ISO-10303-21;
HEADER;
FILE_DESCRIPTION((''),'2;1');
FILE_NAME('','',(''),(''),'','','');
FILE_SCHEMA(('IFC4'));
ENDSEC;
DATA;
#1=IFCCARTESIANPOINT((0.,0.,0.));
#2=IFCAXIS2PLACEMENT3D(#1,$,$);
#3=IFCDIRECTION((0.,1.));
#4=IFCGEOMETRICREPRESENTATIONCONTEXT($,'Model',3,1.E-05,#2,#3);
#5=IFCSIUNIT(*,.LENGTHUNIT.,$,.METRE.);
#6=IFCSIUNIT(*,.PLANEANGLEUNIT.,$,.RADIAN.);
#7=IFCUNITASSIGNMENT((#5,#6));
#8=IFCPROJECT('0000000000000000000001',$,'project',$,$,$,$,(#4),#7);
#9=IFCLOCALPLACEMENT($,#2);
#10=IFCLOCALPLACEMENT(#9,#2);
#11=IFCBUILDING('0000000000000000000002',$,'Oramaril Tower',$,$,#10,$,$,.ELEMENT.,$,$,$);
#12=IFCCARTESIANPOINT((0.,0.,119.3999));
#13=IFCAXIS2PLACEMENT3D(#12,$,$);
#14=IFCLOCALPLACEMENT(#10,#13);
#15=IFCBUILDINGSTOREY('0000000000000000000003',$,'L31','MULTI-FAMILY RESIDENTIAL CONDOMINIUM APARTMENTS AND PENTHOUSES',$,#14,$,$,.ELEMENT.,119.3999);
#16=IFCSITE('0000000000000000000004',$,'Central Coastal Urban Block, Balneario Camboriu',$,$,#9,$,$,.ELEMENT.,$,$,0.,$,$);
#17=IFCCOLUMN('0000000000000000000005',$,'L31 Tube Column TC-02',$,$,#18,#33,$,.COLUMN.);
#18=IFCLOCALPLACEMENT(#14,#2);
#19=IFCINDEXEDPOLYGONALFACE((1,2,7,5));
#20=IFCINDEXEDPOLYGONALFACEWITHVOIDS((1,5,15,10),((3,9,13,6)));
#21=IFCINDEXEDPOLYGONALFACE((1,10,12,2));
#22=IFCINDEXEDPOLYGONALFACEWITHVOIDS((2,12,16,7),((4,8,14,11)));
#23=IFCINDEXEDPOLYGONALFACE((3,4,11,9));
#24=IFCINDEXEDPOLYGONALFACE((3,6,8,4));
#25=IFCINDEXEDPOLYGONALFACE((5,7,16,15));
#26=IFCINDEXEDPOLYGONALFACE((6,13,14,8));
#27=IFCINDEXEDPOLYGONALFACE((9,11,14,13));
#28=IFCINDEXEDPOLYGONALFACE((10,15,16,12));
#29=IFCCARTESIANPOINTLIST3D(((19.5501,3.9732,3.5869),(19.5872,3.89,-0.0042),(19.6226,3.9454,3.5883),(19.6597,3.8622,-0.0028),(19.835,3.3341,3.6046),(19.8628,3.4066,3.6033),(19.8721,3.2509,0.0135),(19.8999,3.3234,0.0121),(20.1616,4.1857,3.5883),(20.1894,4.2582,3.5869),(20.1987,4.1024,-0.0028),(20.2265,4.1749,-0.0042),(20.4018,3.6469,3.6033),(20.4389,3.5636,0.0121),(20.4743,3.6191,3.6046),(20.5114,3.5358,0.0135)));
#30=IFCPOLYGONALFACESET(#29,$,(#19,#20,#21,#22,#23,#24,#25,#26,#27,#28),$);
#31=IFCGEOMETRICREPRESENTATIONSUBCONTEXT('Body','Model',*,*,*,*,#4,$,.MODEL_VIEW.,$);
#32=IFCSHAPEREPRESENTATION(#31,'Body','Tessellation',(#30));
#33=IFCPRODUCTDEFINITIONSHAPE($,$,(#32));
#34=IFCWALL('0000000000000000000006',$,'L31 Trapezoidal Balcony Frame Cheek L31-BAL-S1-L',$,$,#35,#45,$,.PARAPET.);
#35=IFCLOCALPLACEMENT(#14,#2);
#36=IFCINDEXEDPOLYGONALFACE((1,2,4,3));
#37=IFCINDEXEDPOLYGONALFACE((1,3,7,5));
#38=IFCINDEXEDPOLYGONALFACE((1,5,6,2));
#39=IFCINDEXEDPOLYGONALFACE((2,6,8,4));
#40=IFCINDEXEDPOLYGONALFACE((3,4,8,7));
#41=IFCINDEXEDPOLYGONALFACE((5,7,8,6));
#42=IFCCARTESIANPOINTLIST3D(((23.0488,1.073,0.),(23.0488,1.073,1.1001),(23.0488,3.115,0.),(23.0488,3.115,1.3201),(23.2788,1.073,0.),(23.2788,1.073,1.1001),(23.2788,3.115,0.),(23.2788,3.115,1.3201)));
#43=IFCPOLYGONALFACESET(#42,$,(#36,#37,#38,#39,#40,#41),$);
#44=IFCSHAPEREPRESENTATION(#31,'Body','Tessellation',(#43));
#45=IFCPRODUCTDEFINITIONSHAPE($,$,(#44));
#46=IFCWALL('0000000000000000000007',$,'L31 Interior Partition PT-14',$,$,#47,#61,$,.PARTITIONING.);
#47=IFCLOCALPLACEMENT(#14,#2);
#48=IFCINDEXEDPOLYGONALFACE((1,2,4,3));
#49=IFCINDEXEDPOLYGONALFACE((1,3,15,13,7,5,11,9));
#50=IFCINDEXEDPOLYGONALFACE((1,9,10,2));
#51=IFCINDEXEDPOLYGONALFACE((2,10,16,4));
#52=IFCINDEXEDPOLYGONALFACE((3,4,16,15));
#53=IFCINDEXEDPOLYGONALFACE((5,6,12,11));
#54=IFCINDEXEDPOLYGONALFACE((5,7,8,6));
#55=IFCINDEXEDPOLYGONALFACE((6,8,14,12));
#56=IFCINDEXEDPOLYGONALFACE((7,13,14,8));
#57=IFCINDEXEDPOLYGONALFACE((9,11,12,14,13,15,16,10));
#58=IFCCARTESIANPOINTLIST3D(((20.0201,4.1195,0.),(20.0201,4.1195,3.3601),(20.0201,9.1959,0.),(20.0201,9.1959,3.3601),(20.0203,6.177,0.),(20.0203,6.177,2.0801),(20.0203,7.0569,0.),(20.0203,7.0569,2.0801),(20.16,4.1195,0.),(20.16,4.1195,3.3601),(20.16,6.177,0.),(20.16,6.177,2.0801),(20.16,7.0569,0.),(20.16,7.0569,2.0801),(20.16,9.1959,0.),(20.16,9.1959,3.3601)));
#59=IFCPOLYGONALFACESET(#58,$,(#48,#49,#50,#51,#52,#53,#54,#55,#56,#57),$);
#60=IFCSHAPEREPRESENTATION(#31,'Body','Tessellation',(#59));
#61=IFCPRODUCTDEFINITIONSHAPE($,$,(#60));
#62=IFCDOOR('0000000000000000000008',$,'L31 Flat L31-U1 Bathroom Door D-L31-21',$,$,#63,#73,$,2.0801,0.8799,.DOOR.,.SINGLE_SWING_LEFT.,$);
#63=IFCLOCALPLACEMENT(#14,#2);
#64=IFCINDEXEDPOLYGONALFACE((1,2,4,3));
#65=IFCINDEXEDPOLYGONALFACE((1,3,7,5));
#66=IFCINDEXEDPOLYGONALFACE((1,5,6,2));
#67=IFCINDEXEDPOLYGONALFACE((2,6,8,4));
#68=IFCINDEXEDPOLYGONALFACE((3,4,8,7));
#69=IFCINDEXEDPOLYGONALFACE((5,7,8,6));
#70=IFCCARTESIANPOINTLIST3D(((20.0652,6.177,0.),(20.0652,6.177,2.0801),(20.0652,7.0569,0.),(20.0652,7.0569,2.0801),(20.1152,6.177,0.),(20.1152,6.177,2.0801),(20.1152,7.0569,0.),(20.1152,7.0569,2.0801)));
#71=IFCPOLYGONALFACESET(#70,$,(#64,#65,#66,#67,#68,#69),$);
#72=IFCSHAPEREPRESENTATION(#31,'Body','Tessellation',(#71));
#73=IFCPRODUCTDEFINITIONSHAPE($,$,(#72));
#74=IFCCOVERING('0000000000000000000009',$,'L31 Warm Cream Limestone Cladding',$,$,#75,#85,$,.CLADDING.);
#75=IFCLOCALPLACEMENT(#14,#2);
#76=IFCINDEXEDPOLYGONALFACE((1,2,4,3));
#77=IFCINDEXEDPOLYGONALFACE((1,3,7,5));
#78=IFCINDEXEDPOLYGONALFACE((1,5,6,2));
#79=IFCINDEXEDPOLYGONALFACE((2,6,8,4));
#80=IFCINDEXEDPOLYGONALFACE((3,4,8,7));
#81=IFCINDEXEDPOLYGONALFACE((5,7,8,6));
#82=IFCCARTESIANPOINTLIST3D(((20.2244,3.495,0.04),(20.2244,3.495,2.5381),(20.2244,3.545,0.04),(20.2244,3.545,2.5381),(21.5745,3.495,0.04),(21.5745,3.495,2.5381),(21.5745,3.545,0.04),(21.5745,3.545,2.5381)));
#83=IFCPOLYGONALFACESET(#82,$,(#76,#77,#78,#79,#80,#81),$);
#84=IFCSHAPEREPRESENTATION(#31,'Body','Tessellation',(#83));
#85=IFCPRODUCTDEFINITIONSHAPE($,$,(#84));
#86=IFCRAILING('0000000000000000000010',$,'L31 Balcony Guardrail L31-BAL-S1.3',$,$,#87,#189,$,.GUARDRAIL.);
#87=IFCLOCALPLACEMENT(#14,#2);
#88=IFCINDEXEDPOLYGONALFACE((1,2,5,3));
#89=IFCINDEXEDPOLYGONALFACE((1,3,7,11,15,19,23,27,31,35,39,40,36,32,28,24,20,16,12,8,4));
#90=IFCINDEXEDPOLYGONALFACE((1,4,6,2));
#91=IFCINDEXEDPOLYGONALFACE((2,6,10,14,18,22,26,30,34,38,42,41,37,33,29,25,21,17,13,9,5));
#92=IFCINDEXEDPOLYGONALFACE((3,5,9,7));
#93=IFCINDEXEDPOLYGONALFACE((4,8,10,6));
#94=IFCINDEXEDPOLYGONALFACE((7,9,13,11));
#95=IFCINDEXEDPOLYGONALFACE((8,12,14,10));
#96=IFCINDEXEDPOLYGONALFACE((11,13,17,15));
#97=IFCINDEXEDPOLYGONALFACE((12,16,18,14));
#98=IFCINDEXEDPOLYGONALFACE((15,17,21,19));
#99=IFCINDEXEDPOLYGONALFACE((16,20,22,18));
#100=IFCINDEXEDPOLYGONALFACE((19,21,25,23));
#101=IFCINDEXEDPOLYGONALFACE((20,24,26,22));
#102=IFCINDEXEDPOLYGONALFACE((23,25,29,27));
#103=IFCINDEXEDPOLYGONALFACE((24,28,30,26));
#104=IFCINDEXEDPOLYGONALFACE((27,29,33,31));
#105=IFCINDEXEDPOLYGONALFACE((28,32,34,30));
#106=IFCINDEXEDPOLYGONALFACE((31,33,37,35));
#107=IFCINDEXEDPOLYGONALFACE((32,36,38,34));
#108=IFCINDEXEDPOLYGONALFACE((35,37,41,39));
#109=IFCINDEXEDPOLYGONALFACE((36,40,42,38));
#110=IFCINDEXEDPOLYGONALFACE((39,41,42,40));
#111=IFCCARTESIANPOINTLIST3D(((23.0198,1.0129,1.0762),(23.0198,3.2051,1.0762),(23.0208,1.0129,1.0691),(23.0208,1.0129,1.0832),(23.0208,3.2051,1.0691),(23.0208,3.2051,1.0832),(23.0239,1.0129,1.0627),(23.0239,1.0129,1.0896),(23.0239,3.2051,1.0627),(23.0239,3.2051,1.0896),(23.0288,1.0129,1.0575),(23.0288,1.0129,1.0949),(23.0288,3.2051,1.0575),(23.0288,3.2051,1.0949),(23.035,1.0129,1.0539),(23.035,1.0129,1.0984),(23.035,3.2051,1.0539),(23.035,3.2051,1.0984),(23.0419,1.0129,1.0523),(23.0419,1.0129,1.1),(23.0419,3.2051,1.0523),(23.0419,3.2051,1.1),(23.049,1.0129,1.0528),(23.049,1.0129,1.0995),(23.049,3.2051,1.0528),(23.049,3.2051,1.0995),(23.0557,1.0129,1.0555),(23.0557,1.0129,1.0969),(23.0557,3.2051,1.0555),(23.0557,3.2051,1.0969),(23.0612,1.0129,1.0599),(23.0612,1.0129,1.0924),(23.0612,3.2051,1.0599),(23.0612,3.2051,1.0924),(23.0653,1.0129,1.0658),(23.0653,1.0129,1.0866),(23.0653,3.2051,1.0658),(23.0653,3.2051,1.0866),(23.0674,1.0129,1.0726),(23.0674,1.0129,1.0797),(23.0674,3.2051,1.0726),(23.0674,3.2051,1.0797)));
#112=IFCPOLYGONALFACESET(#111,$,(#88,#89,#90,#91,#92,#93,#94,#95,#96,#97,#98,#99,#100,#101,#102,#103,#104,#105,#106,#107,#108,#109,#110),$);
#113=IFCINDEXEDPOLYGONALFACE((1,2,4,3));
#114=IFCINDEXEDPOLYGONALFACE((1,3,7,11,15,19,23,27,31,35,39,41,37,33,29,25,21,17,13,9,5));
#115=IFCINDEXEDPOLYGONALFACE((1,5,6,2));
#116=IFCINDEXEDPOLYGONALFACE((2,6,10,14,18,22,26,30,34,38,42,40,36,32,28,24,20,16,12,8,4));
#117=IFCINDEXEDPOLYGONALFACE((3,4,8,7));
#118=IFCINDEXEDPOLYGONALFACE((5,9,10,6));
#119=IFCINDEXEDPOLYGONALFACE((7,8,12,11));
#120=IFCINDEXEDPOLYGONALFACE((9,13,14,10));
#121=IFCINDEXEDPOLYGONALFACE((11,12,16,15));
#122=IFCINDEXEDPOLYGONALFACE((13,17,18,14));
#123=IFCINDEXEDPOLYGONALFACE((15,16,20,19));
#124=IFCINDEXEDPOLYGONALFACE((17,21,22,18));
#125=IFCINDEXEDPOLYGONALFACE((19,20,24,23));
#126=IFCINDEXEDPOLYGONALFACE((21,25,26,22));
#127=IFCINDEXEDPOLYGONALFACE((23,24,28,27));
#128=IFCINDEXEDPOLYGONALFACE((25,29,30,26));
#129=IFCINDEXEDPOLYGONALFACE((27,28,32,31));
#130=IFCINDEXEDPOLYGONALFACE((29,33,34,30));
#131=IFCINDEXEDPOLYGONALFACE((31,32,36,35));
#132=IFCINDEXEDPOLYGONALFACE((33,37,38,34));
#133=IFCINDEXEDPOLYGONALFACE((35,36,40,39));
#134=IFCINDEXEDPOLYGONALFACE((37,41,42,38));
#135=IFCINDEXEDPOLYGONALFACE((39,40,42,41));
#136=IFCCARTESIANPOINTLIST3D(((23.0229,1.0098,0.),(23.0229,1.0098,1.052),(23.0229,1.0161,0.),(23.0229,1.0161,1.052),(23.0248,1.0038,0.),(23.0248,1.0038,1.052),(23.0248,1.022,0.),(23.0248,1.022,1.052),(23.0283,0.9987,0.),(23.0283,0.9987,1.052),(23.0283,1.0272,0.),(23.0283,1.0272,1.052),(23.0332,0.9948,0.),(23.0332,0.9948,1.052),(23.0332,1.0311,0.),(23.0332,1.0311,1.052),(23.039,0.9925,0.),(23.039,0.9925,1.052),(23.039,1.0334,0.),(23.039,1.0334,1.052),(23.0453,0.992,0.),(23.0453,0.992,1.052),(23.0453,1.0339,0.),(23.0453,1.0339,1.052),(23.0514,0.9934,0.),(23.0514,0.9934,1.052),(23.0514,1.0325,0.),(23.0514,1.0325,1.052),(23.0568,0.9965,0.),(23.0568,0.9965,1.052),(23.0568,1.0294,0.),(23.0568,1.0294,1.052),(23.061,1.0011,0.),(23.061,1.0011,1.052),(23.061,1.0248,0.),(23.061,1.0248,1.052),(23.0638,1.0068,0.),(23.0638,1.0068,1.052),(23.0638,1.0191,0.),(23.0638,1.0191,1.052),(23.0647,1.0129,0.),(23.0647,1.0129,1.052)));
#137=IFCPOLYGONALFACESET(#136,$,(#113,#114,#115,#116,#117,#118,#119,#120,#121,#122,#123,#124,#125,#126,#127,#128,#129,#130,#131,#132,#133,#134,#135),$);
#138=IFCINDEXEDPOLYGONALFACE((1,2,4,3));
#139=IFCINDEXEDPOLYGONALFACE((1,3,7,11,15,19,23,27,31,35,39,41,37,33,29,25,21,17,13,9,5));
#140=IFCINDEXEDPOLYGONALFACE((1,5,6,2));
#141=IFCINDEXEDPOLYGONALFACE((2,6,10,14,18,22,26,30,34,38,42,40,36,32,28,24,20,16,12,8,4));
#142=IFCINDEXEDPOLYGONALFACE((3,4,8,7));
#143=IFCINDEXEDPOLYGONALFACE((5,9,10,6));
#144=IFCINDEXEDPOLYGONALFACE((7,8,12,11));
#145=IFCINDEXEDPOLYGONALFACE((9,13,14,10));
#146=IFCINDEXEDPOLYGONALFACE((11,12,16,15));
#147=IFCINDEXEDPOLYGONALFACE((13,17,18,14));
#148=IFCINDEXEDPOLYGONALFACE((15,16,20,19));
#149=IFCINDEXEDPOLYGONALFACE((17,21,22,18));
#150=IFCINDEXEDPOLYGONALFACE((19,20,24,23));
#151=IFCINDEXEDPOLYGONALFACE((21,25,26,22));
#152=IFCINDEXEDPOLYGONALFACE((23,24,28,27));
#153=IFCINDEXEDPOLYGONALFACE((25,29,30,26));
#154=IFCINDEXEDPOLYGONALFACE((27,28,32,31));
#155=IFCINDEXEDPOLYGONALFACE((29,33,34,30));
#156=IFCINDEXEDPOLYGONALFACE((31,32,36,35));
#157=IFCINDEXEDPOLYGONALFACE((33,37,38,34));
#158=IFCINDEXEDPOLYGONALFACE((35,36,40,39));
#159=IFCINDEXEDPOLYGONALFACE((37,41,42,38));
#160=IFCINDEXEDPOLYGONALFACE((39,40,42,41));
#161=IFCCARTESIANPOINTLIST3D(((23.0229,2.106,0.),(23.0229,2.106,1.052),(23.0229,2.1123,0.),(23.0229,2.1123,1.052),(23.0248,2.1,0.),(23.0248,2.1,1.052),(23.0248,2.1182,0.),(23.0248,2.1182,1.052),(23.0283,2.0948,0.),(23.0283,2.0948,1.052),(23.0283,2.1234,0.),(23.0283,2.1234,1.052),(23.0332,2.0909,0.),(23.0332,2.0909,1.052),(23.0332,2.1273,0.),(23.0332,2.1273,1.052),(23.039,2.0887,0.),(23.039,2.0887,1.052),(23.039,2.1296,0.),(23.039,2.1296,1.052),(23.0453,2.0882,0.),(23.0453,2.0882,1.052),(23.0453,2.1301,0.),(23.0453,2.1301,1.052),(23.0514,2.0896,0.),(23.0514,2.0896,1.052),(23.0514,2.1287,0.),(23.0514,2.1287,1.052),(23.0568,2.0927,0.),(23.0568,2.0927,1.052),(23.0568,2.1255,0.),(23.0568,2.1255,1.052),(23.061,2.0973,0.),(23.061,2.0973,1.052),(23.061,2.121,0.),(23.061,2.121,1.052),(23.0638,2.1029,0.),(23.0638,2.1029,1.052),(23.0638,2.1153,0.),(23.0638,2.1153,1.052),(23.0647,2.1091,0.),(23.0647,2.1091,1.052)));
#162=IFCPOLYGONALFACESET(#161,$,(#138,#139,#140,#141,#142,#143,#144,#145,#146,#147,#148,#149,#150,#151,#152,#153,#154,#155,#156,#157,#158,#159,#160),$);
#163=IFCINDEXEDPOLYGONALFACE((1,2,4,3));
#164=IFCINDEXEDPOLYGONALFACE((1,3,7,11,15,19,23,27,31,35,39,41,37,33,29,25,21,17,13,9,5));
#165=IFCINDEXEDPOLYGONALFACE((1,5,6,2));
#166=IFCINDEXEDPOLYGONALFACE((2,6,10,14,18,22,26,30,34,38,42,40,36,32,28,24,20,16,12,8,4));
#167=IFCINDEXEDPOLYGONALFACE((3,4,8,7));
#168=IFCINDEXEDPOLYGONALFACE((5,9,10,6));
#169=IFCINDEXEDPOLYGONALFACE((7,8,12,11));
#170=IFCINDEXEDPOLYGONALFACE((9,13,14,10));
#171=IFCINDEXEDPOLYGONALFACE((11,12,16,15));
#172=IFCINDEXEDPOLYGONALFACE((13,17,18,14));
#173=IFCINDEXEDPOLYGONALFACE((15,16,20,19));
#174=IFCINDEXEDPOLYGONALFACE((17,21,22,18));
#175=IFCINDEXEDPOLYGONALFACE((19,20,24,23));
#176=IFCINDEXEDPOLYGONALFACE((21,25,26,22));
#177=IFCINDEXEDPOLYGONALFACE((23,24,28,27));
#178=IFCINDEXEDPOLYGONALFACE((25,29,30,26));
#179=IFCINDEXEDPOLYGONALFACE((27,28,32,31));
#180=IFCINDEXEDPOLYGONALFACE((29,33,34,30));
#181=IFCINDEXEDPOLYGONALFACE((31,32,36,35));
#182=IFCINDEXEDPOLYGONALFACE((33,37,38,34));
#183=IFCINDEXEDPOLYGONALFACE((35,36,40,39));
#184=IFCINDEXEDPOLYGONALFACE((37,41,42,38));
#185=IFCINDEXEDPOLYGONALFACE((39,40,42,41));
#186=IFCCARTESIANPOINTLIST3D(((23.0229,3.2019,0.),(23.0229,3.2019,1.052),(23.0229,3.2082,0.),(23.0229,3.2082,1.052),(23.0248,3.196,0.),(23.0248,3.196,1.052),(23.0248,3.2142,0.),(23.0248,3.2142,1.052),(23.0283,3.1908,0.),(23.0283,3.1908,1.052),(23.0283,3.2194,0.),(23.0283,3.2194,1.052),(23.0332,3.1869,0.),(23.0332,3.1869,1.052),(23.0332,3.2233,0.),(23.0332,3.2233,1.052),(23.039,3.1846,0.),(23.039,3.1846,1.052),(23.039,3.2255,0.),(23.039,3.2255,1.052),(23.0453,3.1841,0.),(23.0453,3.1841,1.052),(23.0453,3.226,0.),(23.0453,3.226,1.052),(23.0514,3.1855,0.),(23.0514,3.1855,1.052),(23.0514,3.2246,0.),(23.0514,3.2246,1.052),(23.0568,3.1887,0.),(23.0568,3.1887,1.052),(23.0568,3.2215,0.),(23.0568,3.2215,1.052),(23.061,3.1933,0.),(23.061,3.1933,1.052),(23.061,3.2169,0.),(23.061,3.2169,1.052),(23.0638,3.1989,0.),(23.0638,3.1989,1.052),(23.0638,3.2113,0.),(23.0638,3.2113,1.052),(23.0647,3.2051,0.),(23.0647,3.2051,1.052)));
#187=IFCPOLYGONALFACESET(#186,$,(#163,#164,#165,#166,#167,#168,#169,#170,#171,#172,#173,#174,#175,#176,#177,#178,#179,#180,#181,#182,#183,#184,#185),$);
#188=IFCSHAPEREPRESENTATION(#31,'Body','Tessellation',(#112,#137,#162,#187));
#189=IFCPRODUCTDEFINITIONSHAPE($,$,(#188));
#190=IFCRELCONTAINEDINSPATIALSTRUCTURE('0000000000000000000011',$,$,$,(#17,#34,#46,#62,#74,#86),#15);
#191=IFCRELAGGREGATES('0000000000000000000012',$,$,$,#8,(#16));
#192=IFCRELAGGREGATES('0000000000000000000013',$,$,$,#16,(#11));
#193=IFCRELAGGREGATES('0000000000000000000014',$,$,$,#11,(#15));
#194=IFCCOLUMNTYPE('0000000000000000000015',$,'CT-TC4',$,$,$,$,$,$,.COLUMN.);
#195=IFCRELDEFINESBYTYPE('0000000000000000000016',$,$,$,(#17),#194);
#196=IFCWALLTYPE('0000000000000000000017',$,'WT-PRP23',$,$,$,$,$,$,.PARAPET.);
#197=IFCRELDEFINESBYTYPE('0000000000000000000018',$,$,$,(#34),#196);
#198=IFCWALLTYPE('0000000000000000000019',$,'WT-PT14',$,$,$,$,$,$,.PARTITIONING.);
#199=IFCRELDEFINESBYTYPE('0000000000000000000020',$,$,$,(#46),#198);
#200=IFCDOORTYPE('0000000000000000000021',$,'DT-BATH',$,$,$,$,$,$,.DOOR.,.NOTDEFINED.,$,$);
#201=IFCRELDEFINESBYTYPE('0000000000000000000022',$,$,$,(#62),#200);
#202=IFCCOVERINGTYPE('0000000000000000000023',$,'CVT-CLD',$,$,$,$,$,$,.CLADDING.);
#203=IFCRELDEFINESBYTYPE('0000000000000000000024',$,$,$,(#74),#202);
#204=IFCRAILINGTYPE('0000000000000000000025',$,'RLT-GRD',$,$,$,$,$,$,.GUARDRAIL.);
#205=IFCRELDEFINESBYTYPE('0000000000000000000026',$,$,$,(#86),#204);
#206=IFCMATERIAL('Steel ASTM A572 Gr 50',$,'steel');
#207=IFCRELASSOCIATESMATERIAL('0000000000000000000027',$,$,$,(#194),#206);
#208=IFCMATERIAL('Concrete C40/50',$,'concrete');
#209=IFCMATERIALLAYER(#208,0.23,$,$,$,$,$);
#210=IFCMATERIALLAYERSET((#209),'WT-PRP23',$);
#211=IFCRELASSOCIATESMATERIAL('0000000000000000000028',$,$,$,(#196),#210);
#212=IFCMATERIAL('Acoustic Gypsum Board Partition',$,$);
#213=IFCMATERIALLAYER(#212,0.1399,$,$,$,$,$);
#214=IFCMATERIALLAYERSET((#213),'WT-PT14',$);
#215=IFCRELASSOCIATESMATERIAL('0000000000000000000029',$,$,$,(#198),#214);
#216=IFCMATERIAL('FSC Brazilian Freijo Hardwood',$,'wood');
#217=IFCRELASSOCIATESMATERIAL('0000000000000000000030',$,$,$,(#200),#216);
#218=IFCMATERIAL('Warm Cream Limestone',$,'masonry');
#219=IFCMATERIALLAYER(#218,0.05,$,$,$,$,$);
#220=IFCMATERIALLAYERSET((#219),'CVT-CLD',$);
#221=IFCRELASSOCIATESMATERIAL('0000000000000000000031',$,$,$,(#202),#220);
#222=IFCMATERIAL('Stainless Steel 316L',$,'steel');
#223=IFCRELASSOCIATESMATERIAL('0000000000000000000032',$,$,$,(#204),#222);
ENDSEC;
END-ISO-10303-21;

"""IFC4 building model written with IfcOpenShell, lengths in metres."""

from ifc_helpers import new_model, si_unit, direction, frame, frame_2d, origin, origin_2d, place, context, subcontext, project, spatial, polyline, rectangle, hollow_rectangle, circle, outline, extrude, material, layer, layer_set, material_profile, profile_set, type_object, element, fill, save


model = new_model("IFC4")

# Units and contexts
model_context = context("Model", 3, precision=1e-05, world=origin(), true_north=direction((0.0, 1.0)))
body_context = subcontext(model_context, "Body", "Model", "MODEL_VIEW")
ifc_project = project(units=[si_unit("LENGTHUNIT", "METRE"), si_unit("PLANEANGLEUNIT", "RADIAN")], contexts=[model_context])

# Site, building, storey
site_placement = place(None, origin())
site = spatial("IfcSite", under=ifc_project, at=site_placement, Name="Central Coastal Urban Block, Balneario Camboriu", CompositionType="ELEMENT", RefElevation=0.0)
building_placement = place(site_placement, origin())
building = spatial("IfcBuilding", under=site, at=building_placement, Name="Oramaril Tower", CompositionType="ELEMENT")
storey_placement = place(building_placement, frame((0.0, 0.0, 119.3999)))
storey = spatial("IfcBuildingStorey", under=building, at=storey_placement, Name="L31", Description="MULTI-FAMILY RESIDENTIAL CONDOMINIUM APARTMENTS AND PENTHOUSES", CompositionType="ELEMENT", Elevation=119.3999)

# Column
ifc_material_1 = material(Name="Steel ASTM A572 Gr 50", Category="steel")
ifc_material_profile = material_profile(ifc_material_1, hollow_rectangle(XDim=0.7, YDim=0.7, WallThickness=0.0549, at=origin_2d()), Name="BOX700X700X55")
ifc_profile_set = profile_set([ifc_material_profile], Name="Steel ASTM A572 Gr 50")
column_type = type_object("IfcColumnType", Name="CT-TC4", PredefinedType="COLUMN", material=ifc_profile_set)
column_placement = place(storey_placement, frame((20.0493, 3.7129, 0.0046), z_axis=(-0.01033, 0.023176, 0.999678), x_axis=(-0.913369, -0.407132, 0.0)))
element("IfcColumn", 1, at=column_placement, inside=storey, type_object=column_type, Name="L31 Tube Column TC-02", PredefinedType="COLUMN", context=body_context, shape_type="SweptSolid", body=[
    extrude(hollow_rectangle(XDim=0.7, YDim=0.7, WallThickness=0.0549, at=origin_2d()), origin(), (0.0, 0.0, 1.0), 3.5923),
])

# Wall
ifc_material_2 = material(Name="Concrete C40/50", Category="concrete")
ifc_layer_1 = layer(ifc_material_2, 0.23)
ifc_layer_set_1 = layer_set([ifc_layer_1], Name="WT-PRP23")
wall_type_1 = type_object("IfcWallType", Name="WT-PRP23", PredefinedType="PARAPET", material=ifc_layer_set_1)
wall_1_placement = place(storey_placement, frame((23.1638, 3.115, 0.0), z_axis=(0.0, 0.0, 1.0), x_axis=(0.0, -1.0, 0.0)))
element("IfcWall", 2, at=wall_1_placement, inside=storey, type_object=wall_type_1, Name="L31 Trapezoidal Balcony Frame Cheek L31-BAL-S1-L", PredefinedType="PARAPET", context=body_context, shape_type="SweptSolid", body=[
    extrude(outline(polyline([(0.0, 0.0), (2.042, 0.0), (2.042, 1.1001), (0.0, 1.3201), (0.0, 0.0)])), frame((0.0, 0.115, 0.0), z_axis=(0.0, -1.0, 0.0), x_axis=(1.0, 0.0, 0.0)), (0.0, 0.0, 1.0), 0.23),
])

# Wall, opening, door
ifc_material_3 = material(Name="Acoustic Gypsum Board Partition")
ifc_layer_2 = layer(ifc_material_3, 0.1399)
ifc_layer_set_2 = layer_set([ifc_layer_2], Name="WT-PT14")
wall_type_2 = type_object("IfcWallType", Name="WT-PT14", PredefinedType="PARTITIONING", material=ifc_layer_set_2)
wall_2_placement = place(storey_placement, frame((20.0901, 4.1196, 0.0), z_axis=(0.0, 0.0, 1.0), x_axis=(0.0, 1.0, 0.0)))
wall_2 = element("IfcWall", 3, at=wall_2_placement, inside=storey, type_object=wall_type_2, Name="L31 Interior Partition PT-14", PredefinedType="PARTITIONING", context=body_context, shape_type="SweptSolid", body=[
    extrude(rectangle(XDim=5.0764, YDim=0.1399, at=frame_2d((2.5381, 0.0))), origin(), (0.0, 0.0, 1.0), 3.3601),
])
opening_1_placement = place(wall_2_placement, frame((2.0574, 0.0, 0.0)))
opening_1 = element("IfcOpeningElement", 4, at=opening_1_placement, cuts=wall_2, PredefinedType="OPENING", context=body_context, shape_type="SweptSolid", body=[
    extrude(rectangle(XDim=0.8799, YDim=2.0801, at=frame_2d((0.4399, 1.04))), frame((0.0, 0.0698, 0.0), z_axis=(0.0, -1.0, 0.0), x_axis=(1.0, 0.0, 0.0)), (0.0, 0.0, 1.0), 0.1399),
])
ifc_material_4 = material(Name="FSC Brazilian Freijo Hardwood", Category="wood")
door_type_1 = type_object("IfcDoorType", Name="DT-BATH", OperationType="NOTDEFINED", PredefinedType="DOOR", material=ifc_material_4)
door_1_placement = place(opening_1_placement, origin())
door_1 = element("IfcDoor", 5, at=door_1_placement, inside=storey, type_object=door_type_1, Name="L31 Flat L31-U1 Bathroom Door D-L31-21", OperationType="SINGLE_SWING_LEFT", OverallHeight=2.0801, OverallWidth=0.8799, PredefinedType="DOOR", context=body_context, shape_type="SweptSolid", body=[
    extrude(rectangle(XDim=0.8799, YDim=2.0801, at=frame_2d((0.4399, 1.04))), frame((0.0, 0.0249, 0.0), z_axis=(0.0, -1.0, 0.0), x_axis=(1.0, 0.0, 0.0)), (0.0, 0.0, 1.0), 0.05),
])
fill(opening_1, door_1)

# Covering
ifc_material_5 = material(Name="Warm Cream Limestone", Category="masonry")
ifc_layer_3 = layer(ifc_material_5, 0.05)
ifc_layer_set_3 = layer_set([ifc_layer_3], Name="CVT-CLD")
covering_type = type_object("IfcCoveringType", Name="CVT-CLD", PredefinedType="CLADDING", material=ifc_layer_set_3)
covering_placement = place(storey_placement, frame((20.8994, 3.52, 0.04), z_axis=(0.0, 0.0, 1.0), x_axis=(1.0, 0.0, 0.0)))
element("IfcCovering", 6, at=covering_placement, inside=storey, type_object=covering_type, Name="L31 Warm Cream Limestone Cladding", PredefinedType="CLADDING", context=body_context, shape_type="SweptSolid", body=[
    extrude(rectangle(XDim=1.3501, YDim=0.05, at=origin_2d()), origin(), (0.0, 0.0, 1.0), 2.498),
])

# Railing
ifc_material_6 = material(Name="Stainless Steel 316L", Category="steel")
railing_type = type_object("IfcRailingType", Name="RLT-GRD", PredefinedType="GUARDRAIL", material=ifc_material_6)
railing_placement = place(storey_placement, frame((23.0437, 1.0129, 0.0)))
element("IfcRailing", 7, at=railing_placement, inside=storey, type_object=railing_type, Name="L31 Balcony Guardrail L31-BAL-S1.3", PredefinedType="GUARDRAIL", context=body_context, shape_type="SweptSolid", body=[
    extrude(circle(Radius=0.0239, at=origin_2d()), frame((0.0, 0.0, 1.0762), z_axis=(0.0, 1.0, 0.0), x_axis=(-1.0, 0.0, 0.0)), (0.0, 0.0, 1.0), 2.1921),
    extrude(circle(Radius=0.021, at=origin_2d()), origin(), (0.0, 0.0, 1.0), 1.052),
    extrude(circle(Radius=0.021, at=origin_2d()), frame((0.0, 1.0962, 0.0)), (0.0, 0.0, 1.0), 1.052),
    extrude(circle(Radius=0.021, at=origin_2d()), frame((0.0, 2.1921, 0.0)), (0.0, 0.0, 1.0), 1.052),
])

save(model, "model.ifc")
